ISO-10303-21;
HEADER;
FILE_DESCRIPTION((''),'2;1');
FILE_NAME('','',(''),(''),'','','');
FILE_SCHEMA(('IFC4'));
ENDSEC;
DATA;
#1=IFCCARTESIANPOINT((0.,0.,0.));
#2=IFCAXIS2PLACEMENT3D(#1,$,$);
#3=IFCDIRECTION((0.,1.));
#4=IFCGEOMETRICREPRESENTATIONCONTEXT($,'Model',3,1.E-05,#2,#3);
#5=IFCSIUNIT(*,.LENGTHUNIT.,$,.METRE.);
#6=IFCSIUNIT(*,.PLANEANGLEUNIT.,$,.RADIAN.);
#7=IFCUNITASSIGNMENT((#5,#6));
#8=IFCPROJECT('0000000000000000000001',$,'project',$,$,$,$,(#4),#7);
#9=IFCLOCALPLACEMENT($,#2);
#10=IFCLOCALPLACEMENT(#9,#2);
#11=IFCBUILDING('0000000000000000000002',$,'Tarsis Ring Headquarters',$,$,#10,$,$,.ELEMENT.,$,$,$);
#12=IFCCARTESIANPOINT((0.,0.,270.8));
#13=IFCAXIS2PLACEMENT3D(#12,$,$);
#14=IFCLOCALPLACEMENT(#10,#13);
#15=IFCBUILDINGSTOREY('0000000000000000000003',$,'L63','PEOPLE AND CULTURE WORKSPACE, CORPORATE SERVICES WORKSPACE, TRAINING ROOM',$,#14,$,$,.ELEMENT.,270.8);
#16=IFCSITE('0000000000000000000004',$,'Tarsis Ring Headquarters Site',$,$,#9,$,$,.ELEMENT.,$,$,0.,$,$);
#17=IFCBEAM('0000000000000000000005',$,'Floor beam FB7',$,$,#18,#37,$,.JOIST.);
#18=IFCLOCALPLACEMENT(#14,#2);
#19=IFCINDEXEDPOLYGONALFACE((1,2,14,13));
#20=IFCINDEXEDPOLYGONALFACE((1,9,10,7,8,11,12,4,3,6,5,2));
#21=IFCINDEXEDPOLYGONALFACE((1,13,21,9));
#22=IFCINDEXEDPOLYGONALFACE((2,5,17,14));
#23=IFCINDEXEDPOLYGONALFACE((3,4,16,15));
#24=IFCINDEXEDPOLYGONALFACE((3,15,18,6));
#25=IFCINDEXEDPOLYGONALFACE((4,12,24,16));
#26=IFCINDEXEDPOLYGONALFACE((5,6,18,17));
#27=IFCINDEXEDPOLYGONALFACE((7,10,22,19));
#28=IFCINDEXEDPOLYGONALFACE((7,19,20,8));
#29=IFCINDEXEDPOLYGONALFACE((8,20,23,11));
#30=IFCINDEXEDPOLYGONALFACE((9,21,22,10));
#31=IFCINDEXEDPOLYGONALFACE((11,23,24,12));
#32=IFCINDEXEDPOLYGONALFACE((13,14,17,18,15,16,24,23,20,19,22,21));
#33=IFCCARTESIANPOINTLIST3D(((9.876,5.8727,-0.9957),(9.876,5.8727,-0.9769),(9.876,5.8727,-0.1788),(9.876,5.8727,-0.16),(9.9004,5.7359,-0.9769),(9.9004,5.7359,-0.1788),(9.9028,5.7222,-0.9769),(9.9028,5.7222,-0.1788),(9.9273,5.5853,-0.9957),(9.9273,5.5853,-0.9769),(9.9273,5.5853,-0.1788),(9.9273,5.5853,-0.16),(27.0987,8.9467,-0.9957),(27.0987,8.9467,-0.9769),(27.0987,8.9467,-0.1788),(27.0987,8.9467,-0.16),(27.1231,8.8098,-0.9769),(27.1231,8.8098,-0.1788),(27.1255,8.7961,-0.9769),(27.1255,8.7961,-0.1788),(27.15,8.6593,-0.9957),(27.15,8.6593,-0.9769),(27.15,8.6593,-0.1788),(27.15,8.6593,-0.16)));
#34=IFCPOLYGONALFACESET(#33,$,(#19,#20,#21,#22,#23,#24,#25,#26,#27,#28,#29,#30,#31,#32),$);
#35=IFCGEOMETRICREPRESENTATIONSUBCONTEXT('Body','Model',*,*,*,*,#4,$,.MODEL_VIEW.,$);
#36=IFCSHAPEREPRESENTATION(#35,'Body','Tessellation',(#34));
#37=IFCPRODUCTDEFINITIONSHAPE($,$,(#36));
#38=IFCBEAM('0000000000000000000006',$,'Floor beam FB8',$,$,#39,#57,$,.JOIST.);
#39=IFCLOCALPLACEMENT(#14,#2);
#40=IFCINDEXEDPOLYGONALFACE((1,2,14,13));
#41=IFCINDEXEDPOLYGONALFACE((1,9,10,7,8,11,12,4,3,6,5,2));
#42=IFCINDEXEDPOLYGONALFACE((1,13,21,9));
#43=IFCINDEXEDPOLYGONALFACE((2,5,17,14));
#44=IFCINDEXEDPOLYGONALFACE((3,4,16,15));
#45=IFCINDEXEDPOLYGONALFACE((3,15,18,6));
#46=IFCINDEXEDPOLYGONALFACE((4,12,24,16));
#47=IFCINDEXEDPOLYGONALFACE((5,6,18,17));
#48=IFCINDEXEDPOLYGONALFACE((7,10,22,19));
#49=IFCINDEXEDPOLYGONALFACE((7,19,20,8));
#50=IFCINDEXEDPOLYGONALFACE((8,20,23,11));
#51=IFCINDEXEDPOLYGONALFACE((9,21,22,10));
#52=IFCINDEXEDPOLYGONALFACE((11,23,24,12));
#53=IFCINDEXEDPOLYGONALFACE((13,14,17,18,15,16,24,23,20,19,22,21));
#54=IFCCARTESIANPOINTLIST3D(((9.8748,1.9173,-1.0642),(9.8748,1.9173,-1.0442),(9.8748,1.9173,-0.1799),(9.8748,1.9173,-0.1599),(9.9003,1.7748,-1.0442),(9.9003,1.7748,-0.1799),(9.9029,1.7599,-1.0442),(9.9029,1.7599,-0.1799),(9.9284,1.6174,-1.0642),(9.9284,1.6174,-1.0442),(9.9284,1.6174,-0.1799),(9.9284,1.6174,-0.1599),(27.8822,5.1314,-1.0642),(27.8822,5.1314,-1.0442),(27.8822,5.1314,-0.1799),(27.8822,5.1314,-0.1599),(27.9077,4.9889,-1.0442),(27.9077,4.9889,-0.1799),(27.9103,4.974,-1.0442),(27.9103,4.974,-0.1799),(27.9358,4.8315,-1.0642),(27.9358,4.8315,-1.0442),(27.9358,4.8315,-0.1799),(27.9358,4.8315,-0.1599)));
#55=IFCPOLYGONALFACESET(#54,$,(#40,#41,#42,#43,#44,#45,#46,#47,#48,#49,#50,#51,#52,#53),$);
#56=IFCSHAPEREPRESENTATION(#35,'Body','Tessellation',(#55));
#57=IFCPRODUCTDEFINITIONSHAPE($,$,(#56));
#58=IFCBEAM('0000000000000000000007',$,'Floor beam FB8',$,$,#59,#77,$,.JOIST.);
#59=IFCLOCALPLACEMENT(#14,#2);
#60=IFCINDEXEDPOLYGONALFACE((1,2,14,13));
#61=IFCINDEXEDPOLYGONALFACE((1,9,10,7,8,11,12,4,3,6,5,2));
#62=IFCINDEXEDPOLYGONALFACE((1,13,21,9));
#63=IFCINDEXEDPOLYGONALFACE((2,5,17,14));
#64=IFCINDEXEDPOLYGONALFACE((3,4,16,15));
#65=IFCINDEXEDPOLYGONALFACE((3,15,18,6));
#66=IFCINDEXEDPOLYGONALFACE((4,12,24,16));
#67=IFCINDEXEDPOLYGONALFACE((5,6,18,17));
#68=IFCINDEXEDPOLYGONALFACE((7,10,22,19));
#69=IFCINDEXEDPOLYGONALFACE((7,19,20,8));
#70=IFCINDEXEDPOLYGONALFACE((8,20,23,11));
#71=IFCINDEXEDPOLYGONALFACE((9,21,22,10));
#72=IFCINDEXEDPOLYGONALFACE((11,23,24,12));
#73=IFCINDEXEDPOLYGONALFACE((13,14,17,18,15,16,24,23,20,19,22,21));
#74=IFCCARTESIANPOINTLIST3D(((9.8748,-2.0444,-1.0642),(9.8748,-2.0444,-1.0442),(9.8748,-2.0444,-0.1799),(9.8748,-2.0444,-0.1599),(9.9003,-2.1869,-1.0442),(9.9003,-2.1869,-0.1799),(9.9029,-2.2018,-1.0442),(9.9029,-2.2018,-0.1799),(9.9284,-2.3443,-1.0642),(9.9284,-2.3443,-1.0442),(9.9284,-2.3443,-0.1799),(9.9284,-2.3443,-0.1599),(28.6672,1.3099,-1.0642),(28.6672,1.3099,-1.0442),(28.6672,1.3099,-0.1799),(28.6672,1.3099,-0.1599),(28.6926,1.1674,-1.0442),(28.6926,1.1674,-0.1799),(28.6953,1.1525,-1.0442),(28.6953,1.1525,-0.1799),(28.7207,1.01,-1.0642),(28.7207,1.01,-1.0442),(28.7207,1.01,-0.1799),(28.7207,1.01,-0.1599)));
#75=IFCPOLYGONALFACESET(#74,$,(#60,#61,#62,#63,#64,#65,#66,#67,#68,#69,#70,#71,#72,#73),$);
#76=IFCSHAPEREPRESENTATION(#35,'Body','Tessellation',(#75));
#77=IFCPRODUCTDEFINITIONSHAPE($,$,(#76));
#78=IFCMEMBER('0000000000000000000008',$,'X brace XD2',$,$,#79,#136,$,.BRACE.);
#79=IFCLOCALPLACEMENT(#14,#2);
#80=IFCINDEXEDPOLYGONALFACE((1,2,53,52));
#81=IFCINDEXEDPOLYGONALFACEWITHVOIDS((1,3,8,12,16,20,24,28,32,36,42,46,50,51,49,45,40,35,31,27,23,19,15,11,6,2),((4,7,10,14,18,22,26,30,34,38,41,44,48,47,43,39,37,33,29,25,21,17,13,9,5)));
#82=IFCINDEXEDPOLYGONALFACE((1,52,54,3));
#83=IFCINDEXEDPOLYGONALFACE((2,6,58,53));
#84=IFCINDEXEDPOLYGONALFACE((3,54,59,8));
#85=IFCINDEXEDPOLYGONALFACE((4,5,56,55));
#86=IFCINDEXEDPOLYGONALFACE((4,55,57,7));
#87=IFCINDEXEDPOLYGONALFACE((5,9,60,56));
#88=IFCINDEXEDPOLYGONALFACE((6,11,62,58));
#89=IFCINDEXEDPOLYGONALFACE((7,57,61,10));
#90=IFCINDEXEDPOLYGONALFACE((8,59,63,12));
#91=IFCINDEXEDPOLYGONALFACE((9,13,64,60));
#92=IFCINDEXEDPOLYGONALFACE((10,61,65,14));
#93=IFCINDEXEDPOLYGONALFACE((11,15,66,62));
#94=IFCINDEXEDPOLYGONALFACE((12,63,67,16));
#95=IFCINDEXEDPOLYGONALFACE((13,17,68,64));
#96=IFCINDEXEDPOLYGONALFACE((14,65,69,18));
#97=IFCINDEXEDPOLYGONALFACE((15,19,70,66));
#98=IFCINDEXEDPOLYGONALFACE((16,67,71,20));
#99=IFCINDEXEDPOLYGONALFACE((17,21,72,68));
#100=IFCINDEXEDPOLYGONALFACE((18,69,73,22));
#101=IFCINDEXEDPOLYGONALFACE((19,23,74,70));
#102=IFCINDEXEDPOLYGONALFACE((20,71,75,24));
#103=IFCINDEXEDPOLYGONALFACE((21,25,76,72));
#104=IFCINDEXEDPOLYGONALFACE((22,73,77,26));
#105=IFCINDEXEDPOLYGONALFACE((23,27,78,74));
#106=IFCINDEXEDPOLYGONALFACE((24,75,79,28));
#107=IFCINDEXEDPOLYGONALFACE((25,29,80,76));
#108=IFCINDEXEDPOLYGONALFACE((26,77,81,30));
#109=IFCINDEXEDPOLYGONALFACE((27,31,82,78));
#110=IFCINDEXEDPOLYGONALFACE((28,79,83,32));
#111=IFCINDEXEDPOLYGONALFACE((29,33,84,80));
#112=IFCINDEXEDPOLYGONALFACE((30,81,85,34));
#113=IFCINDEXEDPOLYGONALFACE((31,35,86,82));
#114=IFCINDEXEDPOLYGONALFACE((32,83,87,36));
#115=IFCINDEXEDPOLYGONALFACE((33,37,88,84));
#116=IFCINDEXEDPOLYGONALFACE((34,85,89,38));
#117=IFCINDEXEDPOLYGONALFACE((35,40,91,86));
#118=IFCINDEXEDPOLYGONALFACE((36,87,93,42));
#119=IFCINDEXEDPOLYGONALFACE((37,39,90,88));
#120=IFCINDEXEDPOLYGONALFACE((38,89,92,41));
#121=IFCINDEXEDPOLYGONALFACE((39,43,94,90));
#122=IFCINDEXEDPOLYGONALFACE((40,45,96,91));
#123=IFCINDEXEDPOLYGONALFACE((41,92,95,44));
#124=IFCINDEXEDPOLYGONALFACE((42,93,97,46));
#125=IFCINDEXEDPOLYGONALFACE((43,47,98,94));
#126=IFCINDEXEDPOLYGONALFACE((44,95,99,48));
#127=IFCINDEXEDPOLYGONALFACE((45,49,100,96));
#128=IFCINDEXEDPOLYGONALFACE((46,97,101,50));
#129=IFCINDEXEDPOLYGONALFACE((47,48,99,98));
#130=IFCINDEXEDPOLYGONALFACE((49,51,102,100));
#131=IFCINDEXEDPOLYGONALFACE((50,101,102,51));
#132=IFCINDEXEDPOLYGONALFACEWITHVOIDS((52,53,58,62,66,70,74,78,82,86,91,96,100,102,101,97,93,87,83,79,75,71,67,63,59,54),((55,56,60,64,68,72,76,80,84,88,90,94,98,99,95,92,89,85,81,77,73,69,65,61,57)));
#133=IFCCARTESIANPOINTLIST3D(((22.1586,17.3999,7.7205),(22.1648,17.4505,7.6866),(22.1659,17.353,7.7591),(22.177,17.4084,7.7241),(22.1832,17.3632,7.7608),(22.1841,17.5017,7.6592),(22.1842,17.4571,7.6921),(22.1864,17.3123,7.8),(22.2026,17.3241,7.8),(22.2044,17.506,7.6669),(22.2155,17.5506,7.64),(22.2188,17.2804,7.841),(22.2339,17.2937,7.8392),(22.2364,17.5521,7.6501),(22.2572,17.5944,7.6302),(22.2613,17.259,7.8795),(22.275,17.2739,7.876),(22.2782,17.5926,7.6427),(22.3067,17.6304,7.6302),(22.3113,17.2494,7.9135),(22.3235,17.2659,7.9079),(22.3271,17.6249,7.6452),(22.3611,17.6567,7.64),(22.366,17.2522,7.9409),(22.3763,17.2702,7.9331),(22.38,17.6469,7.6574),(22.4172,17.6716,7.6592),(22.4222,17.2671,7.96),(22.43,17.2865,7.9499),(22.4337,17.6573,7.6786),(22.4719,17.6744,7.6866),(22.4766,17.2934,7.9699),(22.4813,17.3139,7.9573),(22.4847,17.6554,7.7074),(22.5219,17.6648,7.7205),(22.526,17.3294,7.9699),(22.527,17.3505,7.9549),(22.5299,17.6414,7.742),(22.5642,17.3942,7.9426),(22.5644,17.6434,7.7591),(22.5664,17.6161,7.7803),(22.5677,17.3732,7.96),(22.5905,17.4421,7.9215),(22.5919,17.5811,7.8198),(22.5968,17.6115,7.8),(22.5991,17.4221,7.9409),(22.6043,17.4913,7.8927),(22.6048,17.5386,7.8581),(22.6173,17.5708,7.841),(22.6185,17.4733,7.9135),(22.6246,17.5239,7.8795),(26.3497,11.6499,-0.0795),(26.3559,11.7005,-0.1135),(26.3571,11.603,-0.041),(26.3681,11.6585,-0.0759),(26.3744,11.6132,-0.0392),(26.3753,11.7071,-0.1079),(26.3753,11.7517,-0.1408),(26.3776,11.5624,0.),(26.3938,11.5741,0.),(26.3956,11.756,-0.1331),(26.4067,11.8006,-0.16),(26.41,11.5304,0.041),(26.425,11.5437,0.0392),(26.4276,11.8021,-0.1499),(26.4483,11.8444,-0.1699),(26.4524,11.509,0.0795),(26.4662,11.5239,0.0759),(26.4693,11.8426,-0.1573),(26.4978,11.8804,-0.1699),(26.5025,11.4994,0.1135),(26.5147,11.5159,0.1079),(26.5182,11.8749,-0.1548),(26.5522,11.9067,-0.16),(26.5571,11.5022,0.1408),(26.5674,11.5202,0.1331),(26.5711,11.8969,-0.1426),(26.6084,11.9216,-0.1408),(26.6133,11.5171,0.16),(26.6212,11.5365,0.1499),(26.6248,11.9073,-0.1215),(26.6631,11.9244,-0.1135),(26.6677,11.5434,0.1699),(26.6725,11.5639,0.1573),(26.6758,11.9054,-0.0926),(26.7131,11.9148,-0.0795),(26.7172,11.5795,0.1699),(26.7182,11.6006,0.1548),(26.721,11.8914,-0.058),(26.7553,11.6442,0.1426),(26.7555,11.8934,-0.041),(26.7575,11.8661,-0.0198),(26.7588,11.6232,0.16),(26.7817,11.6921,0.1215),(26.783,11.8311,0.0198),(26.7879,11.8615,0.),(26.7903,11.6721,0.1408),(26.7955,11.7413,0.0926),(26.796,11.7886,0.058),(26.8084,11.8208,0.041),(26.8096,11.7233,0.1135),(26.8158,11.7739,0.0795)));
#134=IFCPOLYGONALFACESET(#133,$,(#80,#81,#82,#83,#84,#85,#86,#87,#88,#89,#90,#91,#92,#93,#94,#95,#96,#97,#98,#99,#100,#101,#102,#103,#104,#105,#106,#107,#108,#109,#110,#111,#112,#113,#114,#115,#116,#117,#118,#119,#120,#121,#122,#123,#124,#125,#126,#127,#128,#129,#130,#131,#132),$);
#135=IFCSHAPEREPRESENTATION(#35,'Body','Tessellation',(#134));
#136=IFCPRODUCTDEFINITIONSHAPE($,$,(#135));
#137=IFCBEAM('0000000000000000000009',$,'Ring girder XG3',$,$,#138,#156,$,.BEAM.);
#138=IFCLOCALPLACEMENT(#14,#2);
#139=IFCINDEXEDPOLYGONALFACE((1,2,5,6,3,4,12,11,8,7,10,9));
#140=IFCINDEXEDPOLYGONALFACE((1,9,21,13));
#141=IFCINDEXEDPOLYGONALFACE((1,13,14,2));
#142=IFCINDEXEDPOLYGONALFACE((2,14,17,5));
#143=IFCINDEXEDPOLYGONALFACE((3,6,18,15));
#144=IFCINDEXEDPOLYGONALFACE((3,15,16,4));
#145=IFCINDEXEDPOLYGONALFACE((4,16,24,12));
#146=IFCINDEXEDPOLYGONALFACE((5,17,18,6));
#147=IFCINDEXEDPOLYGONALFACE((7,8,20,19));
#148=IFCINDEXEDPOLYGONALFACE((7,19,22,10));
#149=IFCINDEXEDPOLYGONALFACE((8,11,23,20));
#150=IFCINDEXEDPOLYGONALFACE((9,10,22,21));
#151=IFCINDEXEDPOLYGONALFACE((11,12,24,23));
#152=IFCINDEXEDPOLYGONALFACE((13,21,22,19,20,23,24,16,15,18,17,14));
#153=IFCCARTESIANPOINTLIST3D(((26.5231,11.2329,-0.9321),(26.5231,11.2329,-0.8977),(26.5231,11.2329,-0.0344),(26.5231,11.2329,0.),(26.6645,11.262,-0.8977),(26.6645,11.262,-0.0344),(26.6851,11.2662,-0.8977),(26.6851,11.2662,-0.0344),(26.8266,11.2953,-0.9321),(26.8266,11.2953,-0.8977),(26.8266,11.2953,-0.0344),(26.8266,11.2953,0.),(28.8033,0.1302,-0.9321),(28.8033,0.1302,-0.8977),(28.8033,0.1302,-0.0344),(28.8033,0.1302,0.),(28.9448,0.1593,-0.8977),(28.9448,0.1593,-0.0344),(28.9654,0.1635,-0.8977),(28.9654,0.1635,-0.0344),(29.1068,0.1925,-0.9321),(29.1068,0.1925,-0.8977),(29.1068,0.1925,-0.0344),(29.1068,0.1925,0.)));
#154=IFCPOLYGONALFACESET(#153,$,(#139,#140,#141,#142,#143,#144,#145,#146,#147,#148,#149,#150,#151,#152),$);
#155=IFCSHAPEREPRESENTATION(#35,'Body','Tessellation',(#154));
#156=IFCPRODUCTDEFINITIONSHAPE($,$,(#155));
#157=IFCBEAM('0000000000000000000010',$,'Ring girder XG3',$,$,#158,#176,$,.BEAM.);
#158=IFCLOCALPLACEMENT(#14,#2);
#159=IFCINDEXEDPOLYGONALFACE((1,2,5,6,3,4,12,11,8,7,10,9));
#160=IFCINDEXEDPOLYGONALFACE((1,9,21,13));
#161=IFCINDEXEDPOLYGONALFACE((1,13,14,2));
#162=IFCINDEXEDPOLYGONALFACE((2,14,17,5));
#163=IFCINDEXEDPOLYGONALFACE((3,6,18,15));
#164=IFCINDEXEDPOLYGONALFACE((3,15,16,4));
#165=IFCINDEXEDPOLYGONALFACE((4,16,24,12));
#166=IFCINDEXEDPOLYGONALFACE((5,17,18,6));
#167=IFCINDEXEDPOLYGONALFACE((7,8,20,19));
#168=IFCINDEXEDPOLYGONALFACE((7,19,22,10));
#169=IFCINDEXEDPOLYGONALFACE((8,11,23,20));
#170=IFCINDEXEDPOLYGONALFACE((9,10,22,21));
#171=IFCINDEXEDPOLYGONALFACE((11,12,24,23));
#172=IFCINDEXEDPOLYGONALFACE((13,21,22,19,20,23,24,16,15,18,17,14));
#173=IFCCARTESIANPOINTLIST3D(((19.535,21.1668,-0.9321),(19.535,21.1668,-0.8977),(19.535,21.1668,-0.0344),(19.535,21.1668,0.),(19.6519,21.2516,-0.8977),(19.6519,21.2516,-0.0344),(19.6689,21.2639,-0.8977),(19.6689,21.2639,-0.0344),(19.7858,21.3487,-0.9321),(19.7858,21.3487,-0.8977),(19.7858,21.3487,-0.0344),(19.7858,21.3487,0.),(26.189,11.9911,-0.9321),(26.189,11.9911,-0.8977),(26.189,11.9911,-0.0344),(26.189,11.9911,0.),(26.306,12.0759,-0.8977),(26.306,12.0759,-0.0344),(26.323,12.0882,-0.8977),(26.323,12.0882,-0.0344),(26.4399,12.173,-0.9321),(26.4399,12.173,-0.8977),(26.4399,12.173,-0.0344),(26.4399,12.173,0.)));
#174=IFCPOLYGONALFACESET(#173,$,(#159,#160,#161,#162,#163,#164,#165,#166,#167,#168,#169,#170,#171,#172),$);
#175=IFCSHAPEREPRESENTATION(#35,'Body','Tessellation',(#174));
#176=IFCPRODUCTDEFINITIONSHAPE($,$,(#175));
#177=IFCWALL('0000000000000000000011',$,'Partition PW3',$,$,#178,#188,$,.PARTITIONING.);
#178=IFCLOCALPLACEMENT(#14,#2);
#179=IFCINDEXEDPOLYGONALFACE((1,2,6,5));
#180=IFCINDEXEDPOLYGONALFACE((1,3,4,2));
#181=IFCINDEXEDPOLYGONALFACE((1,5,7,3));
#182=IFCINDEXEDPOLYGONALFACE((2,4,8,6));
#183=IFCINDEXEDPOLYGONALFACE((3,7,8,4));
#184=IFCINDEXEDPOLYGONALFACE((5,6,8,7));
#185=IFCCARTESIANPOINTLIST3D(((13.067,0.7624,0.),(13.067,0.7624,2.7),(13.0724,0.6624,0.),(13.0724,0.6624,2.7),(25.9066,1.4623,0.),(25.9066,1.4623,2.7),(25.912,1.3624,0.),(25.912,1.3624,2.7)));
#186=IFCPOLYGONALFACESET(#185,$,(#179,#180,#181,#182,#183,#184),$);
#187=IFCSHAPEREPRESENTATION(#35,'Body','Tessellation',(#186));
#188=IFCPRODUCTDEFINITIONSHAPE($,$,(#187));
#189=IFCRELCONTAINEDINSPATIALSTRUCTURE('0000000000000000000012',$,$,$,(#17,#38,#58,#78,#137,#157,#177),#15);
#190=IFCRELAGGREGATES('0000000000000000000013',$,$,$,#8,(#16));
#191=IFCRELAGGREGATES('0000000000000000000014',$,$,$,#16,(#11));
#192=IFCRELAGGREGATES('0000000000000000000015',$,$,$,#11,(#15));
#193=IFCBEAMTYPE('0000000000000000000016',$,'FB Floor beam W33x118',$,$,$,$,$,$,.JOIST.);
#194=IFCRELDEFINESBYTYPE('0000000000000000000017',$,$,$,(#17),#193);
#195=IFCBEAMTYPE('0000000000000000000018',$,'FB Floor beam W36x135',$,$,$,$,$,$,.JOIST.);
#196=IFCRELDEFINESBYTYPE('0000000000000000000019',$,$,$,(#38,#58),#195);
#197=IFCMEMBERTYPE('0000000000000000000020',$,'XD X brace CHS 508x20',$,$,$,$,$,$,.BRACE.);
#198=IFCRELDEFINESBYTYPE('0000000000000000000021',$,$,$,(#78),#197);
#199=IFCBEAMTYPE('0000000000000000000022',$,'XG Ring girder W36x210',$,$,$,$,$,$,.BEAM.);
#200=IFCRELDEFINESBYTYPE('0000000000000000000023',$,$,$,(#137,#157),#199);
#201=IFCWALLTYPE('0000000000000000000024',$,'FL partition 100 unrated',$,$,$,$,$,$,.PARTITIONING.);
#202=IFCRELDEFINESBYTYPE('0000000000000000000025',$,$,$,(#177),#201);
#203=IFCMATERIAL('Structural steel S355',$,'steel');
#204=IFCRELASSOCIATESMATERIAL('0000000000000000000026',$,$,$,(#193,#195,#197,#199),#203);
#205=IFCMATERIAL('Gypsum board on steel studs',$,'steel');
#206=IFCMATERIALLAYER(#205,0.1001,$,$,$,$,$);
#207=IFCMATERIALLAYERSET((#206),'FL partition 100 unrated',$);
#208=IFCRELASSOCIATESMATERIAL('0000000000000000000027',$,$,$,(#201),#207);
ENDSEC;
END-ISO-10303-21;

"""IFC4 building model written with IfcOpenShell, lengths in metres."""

from ifc_helpers import new_model, si_unit, direction, frame, frame_2d, origin, origin_2d, place, context, subcontext, project, spatial, rectangle, hollow_circle, i_section, extrude, material, layer, layer_set, material_profile, profile_set, type_object, element, save


model = new_model("IFC4")

# Units and contexts
model_context = context("Model", 3, precision=1e-05, world=origin(), true_north=direction((0.0, 1.0)))
body_context = subcontext(model_context, "Body", "Model", "MODEL_VIEW")
ifc_project = project(units=[si_unit("LENGTHUNIT", "METRE"), si_unit("PLANEANGLEUNIT", "RADIAN")], contexts=[model_context])

# Site, building, storey
site_placement = place(None, origin())
site = spatial("IfcSite", under=ifc_project, at=site_placement, Name="Tarsis Ring Headquarters Site", CompositionType="ELEMENT", RefElevation=0.0)
building_placement = place(site_placement, origin())
building = spatial("IfcBuilding", under=site, at=building_placement, Name="Tarsis Ring Headquarters", CompositionType="ELEMENT")
storey_placement = place(building_placement, frame((0.0, 0.0, 270.8)))
storey = spatial("IfcBuildingStorey", under=building, at=storey_placement, Name="L63", Description="PEOPLE AND CULTURE WORKSPACE, CORPORATE SERVICES WORKSPACE, TRAINING ROOM", CompositionType="ELEMENT", Elevation=270.8)

# Shared definitions
ifc_material_1 = material(Name="Structural steel S355", Category="steel")

# Beams
ifc_material_profile_1 = material_profile(ifc_material_1, i_section(OverallWidth=0.292, OverallDepth=0.8357, WebThickness=0.0139, FlangeThickness=0.0188, at=origin_2d()), Name="W33x118")
ifc_profile_set_1 = profile_set([ifc_material_profile_1], Name="Structural steel S355")
beam_type_1 = type_object("IfcBeamType", Name="FB Floor beam W33x118", PredefinedType="JOIST", material=ifc_profile_set_1)
beam_1_placement = place(storey_placement, frame((9.9016, 5.729, -0.5779), z_axis=(0.984442, 0.175708, 0.0), x_axis=(-0.175708, 0.984442, 0.0)))
element("IfcBeam", 1, at=beam_1_placement, inside=storey, type_object=beam_type_1, Name="Floor beam FB7", PredefinedType="JOIST", context=body_context, shape_type="SweptSolid", body=[
    extrude(i_section(OverallWidth=0.292, OverallDepth=0.8357, WebThickness=0.0139, FlangeThickness=0.0188, at=origin_2d()), origin(), (0.0, 0.0, 1.0), 17.4949),
])
ifc_material_profile_2 = material_profile(ifc_material_1, i_section(OverallWidth=0.3047, OverallDepth=0.9043, WebThickness=0.0151, FlangeThickness=0.02, at=origin_2d()), Name="W36x135")
ifc_profile_set_2 = profile_set([ifc_material_profile_2], Name="Structural steel S355")
beam_type_2 = type_object("IfcBeamType", Name="FB Floor beam W36x135", PredefinedType="JOIST", material=ifc_profile_set_2)
beam_2_placement = place(storey_placement, frame((9.9016, 1.7673, -0.6121), z_axis=(0.984442, 0.175712, 0.0), x_axis=(-0.175712, 0.984442, 0.0)))
element("IfcBeam", 2, at=beam_2_placement, inside=storey, type_object=beam_type_2, Name="Floor beam FB8", PredefinedType="JOIST", context=body_context, shape_type="SweptSolid", body=[
    extrude(i_section(OverallWidth=0.3047, OverallDepth=0.9043, WebThickness=0.0151, FlangeThickness=0.02, at=origin_2d()), origin(), (0.0, 0.0, 1.0), 18.292),
])
beam_3_placement = place(storey_placement, frame((9.9016, -2.1943, -0.6121), z_axis=(0.984441, 0.175714, 0.0), x_axis=(-0.175714, 0.984441, 0.0)))
element("IfcBeam", 3, at=beam_3_placement, inside=storey, type_object=beam_type_2, Name="Floor beam FB8", PredefinedType="JOIST", context=body_context, shape_type="SweptSolid", body=[
    extrude(i_section(OverallWidth=0.3047, OverallDepth=0.9043, WebThickness=0.0151, FlangeThickness=0.02, at=origin_2d()), origin(), (0.0, 0.0, 1.0), 19.0894),
])

# Member
ifc_material_profile_3 = material_profile(ifc_material_1, hollow_circle(Radius=0.2539, WallThickness=0.02, at=origin_2d()), Name="CHS 508x20")
ifc_profile_set_3 = profile_set([ifc_material_profile_3], Name="Structural steel S355")
member_type = type_object("IfcMemberType", Name="XD X brace CHS 508x20", PredefinedType="BRACE", material=ifc_profile_set_3)
member_placement = place(storey_placement, frame((26.5828, 11.7119, 0.0), z_axis=(-0.39697, 0.544616, 0.738788), x_axis=(-0.808111, -0.58903, 0.0)))
element("IfcMember", 4, at=member_placement, inside=storey, type_object=member_type, Name="X brace XD2", PredefinedType="BRACE", context=body_context, shape_type="SweptSolid", body=[
    extrude(hollow_circle(Radius=0.2539, WallThickness=0.02, at=origin_2d()), origin(), (0.0, 0.0, 1.0), 10.5579),
])

# Beams
ifc_material_profile_4 = material_profile(ifc_material_1, i_section(OverallWidth=0.3098, OverallDepth=0.9321, WebThickness=0.021, FlangeThickness=0.0344, at=origin_2d()), Name="W36x210")
ifc_profile_set_4 = profile_set([ifc_material_profile_4], Name="Structural steel S355")
beam_type_3 = type_object("IfcBeamType", Name="XG Ring girder W36x210", PredefinedType="BEAM", material=ifc_profile_set_4)
for number, where, z_axis, x_axis, name in (
    (5, (28.9551, 0.1614, -0.4661), (-0.201179, 0.979554, 0.0), (-0.979554, -0.201179, 0.0), "Ring girder XG3"),
    (6, (26.3145, 12.082, -0.4661), (-0.587061, 0.809543, 0.0), (-0.809543, -0.587061, 0.0), "Ring girder XG3"),
):
    element("IfcBeam", number, at=place(storey_placement, frame(where, z_axis=z_axis, x_axis=x_axis)), inside=storey, type_object=beam_type_3, Name=name, PredefinedType="BEAM", context=body_context, shape_type="SweptSolid", body=[
        extrude(i_section(OverallWidth=0.3098, OverallDepth=0.9321, WebThickness=0.021, FlangeThickness=0.0344, at=origin_2d()), origin(), (0.0, 0.0, 1.0), 11.3345),
    ])

# Wall
ifc_material_2 = material(Name="Gypsum board on steel studs", Category="steel")
ifc_layer_1 = layer(ifc_material_2, 0.1001)
ifc_layer_set_1 = layer_set([ifc_layer_1], Name="FL partition 100 unrated")
wall_type_1 = type_object("IfcWallType", Name="FL partition 100 unrated", PredefinedType="PARTITIONING", material=ifc_layer_set_1)
wall_1_placement = place(storey_placement, frame((13.0698, 0.7124, 0.0), z_axis=(0.0, 0.0, 1.0), x_axis=(0.998517, 0.054434, 0.0)))
element("IfcWall", 7, at=wall_1_placement, inside=storey, type_object=wall_type_1, Name="Partition PW3", PredefinedType="PARTITIONING", context=body_context, shape_type="SweptSolid", body=[
    extrude(rectangle(XDim=12.8586, YDim=0.1001, at=frame_2d((6.4292, 0.0))), origin(), (0.0, 0.0, 1.0), 2.7),
])

save(model, "model.ifc")
